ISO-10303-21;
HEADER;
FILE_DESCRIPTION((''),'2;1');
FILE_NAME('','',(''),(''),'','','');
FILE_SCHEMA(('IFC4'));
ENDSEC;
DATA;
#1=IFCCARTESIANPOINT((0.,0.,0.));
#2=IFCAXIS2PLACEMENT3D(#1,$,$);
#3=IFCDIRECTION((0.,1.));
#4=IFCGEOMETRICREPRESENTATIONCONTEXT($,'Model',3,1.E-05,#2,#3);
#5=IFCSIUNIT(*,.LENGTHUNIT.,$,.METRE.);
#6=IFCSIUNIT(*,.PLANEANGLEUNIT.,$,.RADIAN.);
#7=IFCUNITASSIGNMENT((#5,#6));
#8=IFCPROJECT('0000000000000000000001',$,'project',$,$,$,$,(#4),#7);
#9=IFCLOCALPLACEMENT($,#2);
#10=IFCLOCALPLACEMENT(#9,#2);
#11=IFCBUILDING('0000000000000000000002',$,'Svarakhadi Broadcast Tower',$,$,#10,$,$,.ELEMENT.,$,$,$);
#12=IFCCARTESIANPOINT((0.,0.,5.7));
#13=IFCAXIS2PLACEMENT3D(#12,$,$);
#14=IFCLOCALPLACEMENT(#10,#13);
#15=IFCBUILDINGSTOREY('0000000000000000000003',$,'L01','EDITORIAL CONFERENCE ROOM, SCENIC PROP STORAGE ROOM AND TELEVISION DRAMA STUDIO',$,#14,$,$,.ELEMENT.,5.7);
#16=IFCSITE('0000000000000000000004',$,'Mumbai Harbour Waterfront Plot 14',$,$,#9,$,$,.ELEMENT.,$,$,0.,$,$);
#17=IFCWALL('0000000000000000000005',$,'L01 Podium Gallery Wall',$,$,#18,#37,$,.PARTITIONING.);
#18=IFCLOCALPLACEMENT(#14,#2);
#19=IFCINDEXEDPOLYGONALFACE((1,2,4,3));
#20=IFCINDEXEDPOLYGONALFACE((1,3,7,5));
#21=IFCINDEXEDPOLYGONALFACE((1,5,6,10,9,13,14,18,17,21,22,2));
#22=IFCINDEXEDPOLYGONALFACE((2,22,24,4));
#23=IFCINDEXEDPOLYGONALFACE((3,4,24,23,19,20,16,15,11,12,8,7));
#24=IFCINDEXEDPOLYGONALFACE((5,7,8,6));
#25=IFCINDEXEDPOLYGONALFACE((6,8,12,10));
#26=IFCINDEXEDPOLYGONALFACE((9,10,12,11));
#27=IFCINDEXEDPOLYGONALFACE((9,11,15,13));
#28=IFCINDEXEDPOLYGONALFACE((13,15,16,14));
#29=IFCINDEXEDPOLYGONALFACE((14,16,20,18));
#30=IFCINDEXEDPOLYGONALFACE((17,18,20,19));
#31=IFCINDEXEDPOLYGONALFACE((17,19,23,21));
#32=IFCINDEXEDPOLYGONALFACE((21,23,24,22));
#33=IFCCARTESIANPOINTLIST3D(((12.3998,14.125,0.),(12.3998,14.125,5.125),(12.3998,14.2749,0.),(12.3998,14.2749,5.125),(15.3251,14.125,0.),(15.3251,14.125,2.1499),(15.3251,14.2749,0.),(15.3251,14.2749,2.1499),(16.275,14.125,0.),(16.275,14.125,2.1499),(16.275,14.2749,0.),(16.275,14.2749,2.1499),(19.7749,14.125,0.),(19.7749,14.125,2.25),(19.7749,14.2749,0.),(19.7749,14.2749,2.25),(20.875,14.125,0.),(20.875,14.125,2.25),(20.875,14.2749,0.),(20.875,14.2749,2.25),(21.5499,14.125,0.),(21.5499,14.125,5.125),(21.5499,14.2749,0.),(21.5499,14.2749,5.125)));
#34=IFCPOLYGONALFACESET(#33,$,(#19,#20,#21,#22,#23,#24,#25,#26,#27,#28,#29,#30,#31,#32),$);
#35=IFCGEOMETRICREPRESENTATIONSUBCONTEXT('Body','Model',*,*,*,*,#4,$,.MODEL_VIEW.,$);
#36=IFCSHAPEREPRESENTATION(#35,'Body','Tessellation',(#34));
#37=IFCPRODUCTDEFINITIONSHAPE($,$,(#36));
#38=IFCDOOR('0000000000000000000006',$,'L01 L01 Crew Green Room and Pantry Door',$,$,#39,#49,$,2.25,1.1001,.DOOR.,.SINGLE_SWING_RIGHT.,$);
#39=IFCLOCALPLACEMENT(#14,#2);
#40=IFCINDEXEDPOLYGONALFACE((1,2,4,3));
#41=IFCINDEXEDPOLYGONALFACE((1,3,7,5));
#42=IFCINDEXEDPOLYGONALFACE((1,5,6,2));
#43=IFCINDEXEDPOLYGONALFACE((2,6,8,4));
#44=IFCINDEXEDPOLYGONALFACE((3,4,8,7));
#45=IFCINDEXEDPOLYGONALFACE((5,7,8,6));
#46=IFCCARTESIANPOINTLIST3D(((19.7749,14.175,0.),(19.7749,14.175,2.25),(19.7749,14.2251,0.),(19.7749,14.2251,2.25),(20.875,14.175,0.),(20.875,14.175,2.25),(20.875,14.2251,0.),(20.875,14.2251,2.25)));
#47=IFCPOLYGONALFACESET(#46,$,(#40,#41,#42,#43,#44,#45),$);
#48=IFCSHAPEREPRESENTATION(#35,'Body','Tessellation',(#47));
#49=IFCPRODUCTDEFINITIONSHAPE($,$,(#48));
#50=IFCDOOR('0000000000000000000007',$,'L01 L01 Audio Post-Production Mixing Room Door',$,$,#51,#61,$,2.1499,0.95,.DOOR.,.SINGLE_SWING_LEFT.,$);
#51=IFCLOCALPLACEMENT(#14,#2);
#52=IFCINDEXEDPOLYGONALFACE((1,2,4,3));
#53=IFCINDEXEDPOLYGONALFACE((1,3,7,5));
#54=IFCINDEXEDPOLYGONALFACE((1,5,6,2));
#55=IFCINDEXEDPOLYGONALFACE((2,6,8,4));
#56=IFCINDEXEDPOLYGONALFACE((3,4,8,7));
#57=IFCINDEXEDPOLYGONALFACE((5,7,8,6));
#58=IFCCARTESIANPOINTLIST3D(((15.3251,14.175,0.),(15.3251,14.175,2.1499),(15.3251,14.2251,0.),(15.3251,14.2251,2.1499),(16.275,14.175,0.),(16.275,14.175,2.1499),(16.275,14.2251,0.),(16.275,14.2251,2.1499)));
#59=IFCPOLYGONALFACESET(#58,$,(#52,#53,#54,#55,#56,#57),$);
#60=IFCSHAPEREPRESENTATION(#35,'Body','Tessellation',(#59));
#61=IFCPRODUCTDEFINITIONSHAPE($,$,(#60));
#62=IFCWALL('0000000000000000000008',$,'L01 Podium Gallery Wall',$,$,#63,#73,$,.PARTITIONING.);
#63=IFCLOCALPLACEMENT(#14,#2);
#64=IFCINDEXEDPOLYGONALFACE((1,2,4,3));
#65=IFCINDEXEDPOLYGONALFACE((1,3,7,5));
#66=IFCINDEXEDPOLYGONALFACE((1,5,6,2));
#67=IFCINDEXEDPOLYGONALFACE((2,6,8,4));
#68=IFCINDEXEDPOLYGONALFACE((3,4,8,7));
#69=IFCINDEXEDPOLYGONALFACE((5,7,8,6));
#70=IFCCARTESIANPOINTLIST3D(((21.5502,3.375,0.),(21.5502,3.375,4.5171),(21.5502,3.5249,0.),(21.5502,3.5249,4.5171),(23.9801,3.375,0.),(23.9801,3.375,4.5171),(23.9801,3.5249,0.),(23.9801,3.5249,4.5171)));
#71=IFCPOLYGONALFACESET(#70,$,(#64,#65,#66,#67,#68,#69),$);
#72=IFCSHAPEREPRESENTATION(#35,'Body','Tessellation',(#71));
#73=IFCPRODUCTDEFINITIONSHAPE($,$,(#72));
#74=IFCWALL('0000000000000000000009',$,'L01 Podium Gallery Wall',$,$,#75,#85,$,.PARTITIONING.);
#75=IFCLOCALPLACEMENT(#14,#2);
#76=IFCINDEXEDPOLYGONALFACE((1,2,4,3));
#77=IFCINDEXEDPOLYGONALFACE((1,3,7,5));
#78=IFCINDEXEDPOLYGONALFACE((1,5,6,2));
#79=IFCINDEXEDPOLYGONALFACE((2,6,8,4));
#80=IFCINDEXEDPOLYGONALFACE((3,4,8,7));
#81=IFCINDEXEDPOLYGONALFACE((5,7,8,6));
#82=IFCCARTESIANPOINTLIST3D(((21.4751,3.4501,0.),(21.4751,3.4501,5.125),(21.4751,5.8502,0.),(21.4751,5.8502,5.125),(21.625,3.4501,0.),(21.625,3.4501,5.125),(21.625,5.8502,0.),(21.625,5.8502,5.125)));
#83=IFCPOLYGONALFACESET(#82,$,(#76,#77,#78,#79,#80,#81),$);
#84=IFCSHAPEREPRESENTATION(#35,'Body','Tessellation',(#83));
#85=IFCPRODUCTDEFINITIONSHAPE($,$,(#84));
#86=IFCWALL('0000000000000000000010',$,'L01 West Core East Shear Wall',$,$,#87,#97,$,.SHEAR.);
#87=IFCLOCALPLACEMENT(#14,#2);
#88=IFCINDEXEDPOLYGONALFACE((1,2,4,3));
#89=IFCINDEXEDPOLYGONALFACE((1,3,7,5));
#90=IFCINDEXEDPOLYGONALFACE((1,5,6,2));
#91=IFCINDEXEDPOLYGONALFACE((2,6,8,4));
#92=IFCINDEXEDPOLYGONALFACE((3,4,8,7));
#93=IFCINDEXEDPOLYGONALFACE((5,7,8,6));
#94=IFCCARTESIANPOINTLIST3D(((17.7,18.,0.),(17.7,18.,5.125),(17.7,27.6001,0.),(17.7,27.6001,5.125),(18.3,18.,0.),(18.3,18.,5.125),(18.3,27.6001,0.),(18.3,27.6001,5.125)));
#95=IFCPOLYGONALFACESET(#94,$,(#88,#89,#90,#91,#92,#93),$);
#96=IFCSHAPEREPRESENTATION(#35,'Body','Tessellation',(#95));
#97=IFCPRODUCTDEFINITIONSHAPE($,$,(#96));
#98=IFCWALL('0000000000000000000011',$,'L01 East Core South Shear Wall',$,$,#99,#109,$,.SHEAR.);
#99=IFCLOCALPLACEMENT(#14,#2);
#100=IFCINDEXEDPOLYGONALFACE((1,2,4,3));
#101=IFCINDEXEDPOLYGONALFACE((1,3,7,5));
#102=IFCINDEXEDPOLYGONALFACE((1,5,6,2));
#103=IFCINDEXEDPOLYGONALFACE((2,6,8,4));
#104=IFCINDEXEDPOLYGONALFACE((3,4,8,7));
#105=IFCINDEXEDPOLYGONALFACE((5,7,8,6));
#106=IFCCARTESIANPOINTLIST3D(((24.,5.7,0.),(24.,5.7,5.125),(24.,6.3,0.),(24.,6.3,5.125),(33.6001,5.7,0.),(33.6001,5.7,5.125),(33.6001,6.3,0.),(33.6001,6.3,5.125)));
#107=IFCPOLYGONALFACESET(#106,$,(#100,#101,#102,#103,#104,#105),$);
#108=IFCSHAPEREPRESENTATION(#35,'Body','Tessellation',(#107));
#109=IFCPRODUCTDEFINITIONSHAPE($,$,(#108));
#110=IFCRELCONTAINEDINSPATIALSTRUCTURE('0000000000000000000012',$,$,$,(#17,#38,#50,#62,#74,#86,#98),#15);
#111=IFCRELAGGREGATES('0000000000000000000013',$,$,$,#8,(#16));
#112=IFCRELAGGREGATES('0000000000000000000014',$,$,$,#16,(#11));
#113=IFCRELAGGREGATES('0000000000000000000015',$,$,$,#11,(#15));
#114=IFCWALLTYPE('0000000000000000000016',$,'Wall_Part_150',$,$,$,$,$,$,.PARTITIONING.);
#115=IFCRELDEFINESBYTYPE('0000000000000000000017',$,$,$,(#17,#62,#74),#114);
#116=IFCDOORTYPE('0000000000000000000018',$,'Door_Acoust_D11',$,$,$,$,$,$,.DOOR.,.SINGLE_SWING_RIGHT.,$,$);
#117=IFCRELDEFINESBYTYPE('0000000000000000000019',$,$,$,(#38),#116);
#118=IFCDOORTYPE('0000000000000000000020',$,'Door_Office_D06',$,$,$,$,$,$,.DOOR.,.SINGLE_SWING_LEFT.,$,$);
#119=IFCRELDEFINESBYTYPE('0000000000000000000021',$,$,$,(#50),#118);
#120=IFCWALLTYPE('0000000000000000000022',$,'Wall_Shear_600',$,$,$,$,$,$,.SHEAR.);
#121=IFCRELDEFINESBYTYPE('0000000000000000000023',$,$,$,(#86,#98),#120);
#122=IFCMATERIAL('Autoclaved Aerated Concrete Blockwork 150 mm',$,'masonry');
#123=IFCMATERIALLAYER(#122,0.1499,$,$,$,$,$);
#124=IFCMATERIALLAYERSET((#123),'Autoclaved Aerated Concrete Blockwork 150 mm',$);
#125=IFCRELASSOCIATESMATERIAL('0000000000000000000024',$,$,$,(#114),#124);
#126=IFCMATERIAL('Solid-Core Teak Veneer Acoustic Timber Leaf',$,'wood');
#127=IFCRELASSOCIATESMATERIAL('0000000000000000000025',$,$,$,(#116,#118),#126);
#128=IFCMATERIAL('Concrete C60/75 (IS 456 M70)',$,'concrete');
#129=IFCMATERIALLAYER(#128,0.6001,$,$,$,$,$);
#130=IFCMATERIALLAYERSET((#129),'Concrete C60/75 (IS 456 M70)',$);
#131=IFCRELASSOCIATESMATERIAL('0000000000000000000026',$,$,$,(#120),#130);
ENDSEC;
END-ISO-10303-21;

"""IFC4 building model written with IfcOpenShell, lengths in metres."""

from ifc_helpers import new_model, si_unit, direction, frame, frame_2d, origin, place, context, subcontext, project, spatial, rectangle, extrude, material, layer, layer_set, type_object, element, fill, save


model = new_model("IFC4")

# Units and contexts
model_context = context("Model", 3, precision=1e-05, world=origin(), true_north=direction((0.0, 1.0)))
body_context = subcontext(model_context, "Body", "Model", "MODEL_VIEW")
ifc_project = project(units=[si_unit("LENGTHUNIT", "METRE"), si_unit("PLANEANGLEUNIT", "RADIAN")], contexts=[model_context])

# Site, building, storey
site_placement = place(None, origin())
site = spatial("IfcSite", under=ifc_project, at=site_placement, Name="Mumbai Harbour Waterfront Plot 14", CompositionType="ELEMENT", RefElevation=0.0)
building_placement = place(site_placement, origin())
building = spatial("IfcBuilding", under=site, at=building_placement, Name="Svarakhadi Broadcast Tower", CompositionType="ELEMENT")
storey_placement = place(building_placement, frame((0.0, 0.0, 5.7)))
storey = spatial("IfcBuildingStorey", under=building, at=storey_placement, Name="L01", Description="EDITORIAL CONFERENCE ROOM, SCENIC PROP STORAGE ROOM AND TELEVISION DRAMA STUDIO", CompositionType="ELEMENT", Elevation=5.7)

# Shared definitions
ifc_material_1 = material(Name="Concrete C60/75 (IS 456 M70)", Category="concrete")

# Shared definitions
ifc_material_2 = material(Name="Autoclaved Aerated Concrete Blockwork 150 mm", Category="masonry")
ifc_layer_1 = layer(ifc_material_2, 0.1499)
ifc_layer_set_1 = layer_set([ifc_layer_1], Name="Autoclaved Aerated Concrete Blockwork 150 mm")
wall_type_1 = type_object("IfcWallType", Name="Wall_Part_150", PredefinedType="PARTITIONING", material=ifc_layer_set_1)

# Wall, openings, doors
wall_1_placement = place(storey_placement, frame((21.55, 14.2, 0.0), z_axis=(0.0, 0.0, 1.0), x_axis=(-1.0, 0.0, 0.0)))
wall_1 = element("IfcWall", 1, at=wall_1_placement, inside=storey, type_object=wall_type_1, Name="L01 Podium Gallery Wall", PredefinedType="PARTITIONING", context=body_context, shape_type="SweptSolid", body=[
    extrude(rectangle(XDim=9.1501, YDim=0.1499, at=frame_2d((4.5752, 0.0))), origin(), (0.0, 0.0, 1.0), 5.125),
])
opening_1_placement = place(wall_1_placement, frame((5.2749, 0.0, 0.0)))
opening_1 = element("IfcOpeningElement", 2, at=opening_1_placement, cuts=wall_1, PredefinedType="OPENING", context=body_context, shape_type="SweptSolid", body=[
    extrude(rectangle(XDim=0.95, YDim=2.1499, at=frame_2d((0.4751, 1.075))), frame((0.0, 0.085, 0.0), z_axis=(0.0, -1.0, 0.0), x_axis=(1.0, 0.0, 0.0)), (0.0, 0.0, 1.0), 0.1699),
])
opening_2_placement = place(wall_1_placement, frame((0.675, 0.0, 0.0)))
opening_2 = element("IfcOpeningElement", 3, at=opening_2_placement, cuts=wall_1, PredefinedType="OPENING", context=body_context, shape_type="SweptSolid", body=[
    extrude(rectangle(XDim=1.1001, YDim=2.25, at=frame_2d((0.55, 1.125))), frame((0.0, 0.085, 0.0), z_axis=(0.0, -1.0, 0.0), x_axis=(1.0, 0.0, 0.0)), (0.0, 0.0, 1.0), 0.1699),
])
ifc_material_3 = material(Name="Solid-Core Teak Veneer Acoustic Timber Leaf", Category="wood")
door_type_1 = type_object("IfcDoorType", Name="Door_Acoust_D11", OperationType="SINGLE_SWING_RIGHT", PredefinedType="DOOR", material=ifc_material_3)
door_1_placement = place(opening_2_placement, origin())
door_1 = element("IfcDoor", 4, at=door_1_placement, inside=storey, type_object=door_type_1, Name="L01 L01 Crew Green Room and Pantry Door", OperationType="SINGLE_SWING_RIGHT", OverallHeight=2.25, OverallWidth=1.1001, PredefinedType="DOOR", context=body_context, shape_type="SweptSolid", body=[
    extrude(rectangle(XDim=1.1001, YDim=2.25, at=frame_2d((0.55, 1.125))), frame((0.0, 0.0249, 0.0), z_axis=(0.0, -1.0, 0.0), x_axis=(1.0, 0.0, 0.0)), (0.0, 0.0, 1.0), 0.05),
])
fill(opening_2, door_1)
door_type_2 = type_object("IfcDoorType", Name="Door_Office_D06", OperationType="SINGLE_SWING_LEFT", PredefinedType="DOOR", material=ifc_material_3)
door_2_placement = place(opening_1_placement, origin())
door_2 = element("IfcDoor", 5, at=door_2_placement, inside=storey, type_object=door_type_2, Name="L01 L01 Audio Post-Production Mixing Room Door", OperationType="SINGLE_SWING_LEFT", OverallHeight=2.1499, OverallWidth=0.95, PredefinedType="DOOR", context=body_context, shape_type="SweptSolid", body=[
    extrude(rectangle(XDim=0.95, YDim=2.1499, at=frame_2d((0.4751, 1.075))), frame((0.0, 0.0249, 0.0), z_axis=(0.0, -1.0, 0.0), x_axis=(1.0, 0.0, 0.0)), (0.0, 0.0, 1.0), 0.05),
])
fill(opening_1, door_2)

# Walls
wall_2_placement = place(storey_placement, frame((23.98, 3.45, 0.0), z_axis=(0.0, 0.0, 1.0), x_axis=(-1.0, 0.0, 0.0)))
element("IfcWall", 6, at=wall_2_placement, inside=storey, type_object=wall_type_1, Name="L01 Podium Gallery Wall", PredefinedType="PARTITIONING", context=body_context, shape_type="SweptSolid", body=[
    extrude(rectangle(XDim=2.4299, YDim=0.1499, at=frame_2d((1.2148, 0.0))), origin(), (0.0, 0.0, 1.0), 4.5171),
])
wall_3_placement = place(storey_placement, frame((21.55, 3.45, 0.0), z_axis=(0.0, 0.0, 1.0), x_axis=(0.0, 1.0, 0.0)))
element("IfcWall", 7, at=wall_3_placement, inside=storey, type_object=wall_type_1, Name="L01 Podium Gallery Wall", PredefinedType="PARTITIONING", context=body_context, shape_type="SweptSolid", body=[
    extrude(rectangle(XDim=2.4001, YDim=0.1499, at=frame_2d((1.2002, 0.0))), origin(), (0.0, 0.0, 1.0), 5.125),
])
ifc_layer_2 = layer(ifc_material_1, 0.6001)
ifc_layer_set_2 = layer_set([ifc_layer_2], Name="Concrete C60/75 (IS 456 M70)")
wall_type_2 = type_object("IfcWallType", Name="Wall_Shear_600", PredefinedType="SHEAR", material=ifc_layer_set_2)
for number, where, z_axis, x_axis, name in (
    (8, (18.0, 18.0, 0.0), (0.0, 0.0, 1.0), (0.0, 1.0, 0.0), "L01 West Core East Shear Wall"),
    (9, (24.0, 6.0, 0.0), (0.0, 0.0, 1.0), (1.0, 0.0, 0.0), "L01 East Core South Shear Wall"),
):
    element("IfcWall", number, at=place(storey_placement, frame(where, z_axis=z_axis, x_axis=x_axis)), inside=storey, type_object=wall_type_2, Name=name, PredefinedType="SHEAR", context=body_context, shape_type="SweptSolid", body=[
        extrude(rectangle(XDim=9.6001, YDim=0.6001, at=frame_2d((4.8, 0.0))), origin(), (0.0, 0.0, 1.0), 5.125),
    ])

save(model, "model.ifc")
